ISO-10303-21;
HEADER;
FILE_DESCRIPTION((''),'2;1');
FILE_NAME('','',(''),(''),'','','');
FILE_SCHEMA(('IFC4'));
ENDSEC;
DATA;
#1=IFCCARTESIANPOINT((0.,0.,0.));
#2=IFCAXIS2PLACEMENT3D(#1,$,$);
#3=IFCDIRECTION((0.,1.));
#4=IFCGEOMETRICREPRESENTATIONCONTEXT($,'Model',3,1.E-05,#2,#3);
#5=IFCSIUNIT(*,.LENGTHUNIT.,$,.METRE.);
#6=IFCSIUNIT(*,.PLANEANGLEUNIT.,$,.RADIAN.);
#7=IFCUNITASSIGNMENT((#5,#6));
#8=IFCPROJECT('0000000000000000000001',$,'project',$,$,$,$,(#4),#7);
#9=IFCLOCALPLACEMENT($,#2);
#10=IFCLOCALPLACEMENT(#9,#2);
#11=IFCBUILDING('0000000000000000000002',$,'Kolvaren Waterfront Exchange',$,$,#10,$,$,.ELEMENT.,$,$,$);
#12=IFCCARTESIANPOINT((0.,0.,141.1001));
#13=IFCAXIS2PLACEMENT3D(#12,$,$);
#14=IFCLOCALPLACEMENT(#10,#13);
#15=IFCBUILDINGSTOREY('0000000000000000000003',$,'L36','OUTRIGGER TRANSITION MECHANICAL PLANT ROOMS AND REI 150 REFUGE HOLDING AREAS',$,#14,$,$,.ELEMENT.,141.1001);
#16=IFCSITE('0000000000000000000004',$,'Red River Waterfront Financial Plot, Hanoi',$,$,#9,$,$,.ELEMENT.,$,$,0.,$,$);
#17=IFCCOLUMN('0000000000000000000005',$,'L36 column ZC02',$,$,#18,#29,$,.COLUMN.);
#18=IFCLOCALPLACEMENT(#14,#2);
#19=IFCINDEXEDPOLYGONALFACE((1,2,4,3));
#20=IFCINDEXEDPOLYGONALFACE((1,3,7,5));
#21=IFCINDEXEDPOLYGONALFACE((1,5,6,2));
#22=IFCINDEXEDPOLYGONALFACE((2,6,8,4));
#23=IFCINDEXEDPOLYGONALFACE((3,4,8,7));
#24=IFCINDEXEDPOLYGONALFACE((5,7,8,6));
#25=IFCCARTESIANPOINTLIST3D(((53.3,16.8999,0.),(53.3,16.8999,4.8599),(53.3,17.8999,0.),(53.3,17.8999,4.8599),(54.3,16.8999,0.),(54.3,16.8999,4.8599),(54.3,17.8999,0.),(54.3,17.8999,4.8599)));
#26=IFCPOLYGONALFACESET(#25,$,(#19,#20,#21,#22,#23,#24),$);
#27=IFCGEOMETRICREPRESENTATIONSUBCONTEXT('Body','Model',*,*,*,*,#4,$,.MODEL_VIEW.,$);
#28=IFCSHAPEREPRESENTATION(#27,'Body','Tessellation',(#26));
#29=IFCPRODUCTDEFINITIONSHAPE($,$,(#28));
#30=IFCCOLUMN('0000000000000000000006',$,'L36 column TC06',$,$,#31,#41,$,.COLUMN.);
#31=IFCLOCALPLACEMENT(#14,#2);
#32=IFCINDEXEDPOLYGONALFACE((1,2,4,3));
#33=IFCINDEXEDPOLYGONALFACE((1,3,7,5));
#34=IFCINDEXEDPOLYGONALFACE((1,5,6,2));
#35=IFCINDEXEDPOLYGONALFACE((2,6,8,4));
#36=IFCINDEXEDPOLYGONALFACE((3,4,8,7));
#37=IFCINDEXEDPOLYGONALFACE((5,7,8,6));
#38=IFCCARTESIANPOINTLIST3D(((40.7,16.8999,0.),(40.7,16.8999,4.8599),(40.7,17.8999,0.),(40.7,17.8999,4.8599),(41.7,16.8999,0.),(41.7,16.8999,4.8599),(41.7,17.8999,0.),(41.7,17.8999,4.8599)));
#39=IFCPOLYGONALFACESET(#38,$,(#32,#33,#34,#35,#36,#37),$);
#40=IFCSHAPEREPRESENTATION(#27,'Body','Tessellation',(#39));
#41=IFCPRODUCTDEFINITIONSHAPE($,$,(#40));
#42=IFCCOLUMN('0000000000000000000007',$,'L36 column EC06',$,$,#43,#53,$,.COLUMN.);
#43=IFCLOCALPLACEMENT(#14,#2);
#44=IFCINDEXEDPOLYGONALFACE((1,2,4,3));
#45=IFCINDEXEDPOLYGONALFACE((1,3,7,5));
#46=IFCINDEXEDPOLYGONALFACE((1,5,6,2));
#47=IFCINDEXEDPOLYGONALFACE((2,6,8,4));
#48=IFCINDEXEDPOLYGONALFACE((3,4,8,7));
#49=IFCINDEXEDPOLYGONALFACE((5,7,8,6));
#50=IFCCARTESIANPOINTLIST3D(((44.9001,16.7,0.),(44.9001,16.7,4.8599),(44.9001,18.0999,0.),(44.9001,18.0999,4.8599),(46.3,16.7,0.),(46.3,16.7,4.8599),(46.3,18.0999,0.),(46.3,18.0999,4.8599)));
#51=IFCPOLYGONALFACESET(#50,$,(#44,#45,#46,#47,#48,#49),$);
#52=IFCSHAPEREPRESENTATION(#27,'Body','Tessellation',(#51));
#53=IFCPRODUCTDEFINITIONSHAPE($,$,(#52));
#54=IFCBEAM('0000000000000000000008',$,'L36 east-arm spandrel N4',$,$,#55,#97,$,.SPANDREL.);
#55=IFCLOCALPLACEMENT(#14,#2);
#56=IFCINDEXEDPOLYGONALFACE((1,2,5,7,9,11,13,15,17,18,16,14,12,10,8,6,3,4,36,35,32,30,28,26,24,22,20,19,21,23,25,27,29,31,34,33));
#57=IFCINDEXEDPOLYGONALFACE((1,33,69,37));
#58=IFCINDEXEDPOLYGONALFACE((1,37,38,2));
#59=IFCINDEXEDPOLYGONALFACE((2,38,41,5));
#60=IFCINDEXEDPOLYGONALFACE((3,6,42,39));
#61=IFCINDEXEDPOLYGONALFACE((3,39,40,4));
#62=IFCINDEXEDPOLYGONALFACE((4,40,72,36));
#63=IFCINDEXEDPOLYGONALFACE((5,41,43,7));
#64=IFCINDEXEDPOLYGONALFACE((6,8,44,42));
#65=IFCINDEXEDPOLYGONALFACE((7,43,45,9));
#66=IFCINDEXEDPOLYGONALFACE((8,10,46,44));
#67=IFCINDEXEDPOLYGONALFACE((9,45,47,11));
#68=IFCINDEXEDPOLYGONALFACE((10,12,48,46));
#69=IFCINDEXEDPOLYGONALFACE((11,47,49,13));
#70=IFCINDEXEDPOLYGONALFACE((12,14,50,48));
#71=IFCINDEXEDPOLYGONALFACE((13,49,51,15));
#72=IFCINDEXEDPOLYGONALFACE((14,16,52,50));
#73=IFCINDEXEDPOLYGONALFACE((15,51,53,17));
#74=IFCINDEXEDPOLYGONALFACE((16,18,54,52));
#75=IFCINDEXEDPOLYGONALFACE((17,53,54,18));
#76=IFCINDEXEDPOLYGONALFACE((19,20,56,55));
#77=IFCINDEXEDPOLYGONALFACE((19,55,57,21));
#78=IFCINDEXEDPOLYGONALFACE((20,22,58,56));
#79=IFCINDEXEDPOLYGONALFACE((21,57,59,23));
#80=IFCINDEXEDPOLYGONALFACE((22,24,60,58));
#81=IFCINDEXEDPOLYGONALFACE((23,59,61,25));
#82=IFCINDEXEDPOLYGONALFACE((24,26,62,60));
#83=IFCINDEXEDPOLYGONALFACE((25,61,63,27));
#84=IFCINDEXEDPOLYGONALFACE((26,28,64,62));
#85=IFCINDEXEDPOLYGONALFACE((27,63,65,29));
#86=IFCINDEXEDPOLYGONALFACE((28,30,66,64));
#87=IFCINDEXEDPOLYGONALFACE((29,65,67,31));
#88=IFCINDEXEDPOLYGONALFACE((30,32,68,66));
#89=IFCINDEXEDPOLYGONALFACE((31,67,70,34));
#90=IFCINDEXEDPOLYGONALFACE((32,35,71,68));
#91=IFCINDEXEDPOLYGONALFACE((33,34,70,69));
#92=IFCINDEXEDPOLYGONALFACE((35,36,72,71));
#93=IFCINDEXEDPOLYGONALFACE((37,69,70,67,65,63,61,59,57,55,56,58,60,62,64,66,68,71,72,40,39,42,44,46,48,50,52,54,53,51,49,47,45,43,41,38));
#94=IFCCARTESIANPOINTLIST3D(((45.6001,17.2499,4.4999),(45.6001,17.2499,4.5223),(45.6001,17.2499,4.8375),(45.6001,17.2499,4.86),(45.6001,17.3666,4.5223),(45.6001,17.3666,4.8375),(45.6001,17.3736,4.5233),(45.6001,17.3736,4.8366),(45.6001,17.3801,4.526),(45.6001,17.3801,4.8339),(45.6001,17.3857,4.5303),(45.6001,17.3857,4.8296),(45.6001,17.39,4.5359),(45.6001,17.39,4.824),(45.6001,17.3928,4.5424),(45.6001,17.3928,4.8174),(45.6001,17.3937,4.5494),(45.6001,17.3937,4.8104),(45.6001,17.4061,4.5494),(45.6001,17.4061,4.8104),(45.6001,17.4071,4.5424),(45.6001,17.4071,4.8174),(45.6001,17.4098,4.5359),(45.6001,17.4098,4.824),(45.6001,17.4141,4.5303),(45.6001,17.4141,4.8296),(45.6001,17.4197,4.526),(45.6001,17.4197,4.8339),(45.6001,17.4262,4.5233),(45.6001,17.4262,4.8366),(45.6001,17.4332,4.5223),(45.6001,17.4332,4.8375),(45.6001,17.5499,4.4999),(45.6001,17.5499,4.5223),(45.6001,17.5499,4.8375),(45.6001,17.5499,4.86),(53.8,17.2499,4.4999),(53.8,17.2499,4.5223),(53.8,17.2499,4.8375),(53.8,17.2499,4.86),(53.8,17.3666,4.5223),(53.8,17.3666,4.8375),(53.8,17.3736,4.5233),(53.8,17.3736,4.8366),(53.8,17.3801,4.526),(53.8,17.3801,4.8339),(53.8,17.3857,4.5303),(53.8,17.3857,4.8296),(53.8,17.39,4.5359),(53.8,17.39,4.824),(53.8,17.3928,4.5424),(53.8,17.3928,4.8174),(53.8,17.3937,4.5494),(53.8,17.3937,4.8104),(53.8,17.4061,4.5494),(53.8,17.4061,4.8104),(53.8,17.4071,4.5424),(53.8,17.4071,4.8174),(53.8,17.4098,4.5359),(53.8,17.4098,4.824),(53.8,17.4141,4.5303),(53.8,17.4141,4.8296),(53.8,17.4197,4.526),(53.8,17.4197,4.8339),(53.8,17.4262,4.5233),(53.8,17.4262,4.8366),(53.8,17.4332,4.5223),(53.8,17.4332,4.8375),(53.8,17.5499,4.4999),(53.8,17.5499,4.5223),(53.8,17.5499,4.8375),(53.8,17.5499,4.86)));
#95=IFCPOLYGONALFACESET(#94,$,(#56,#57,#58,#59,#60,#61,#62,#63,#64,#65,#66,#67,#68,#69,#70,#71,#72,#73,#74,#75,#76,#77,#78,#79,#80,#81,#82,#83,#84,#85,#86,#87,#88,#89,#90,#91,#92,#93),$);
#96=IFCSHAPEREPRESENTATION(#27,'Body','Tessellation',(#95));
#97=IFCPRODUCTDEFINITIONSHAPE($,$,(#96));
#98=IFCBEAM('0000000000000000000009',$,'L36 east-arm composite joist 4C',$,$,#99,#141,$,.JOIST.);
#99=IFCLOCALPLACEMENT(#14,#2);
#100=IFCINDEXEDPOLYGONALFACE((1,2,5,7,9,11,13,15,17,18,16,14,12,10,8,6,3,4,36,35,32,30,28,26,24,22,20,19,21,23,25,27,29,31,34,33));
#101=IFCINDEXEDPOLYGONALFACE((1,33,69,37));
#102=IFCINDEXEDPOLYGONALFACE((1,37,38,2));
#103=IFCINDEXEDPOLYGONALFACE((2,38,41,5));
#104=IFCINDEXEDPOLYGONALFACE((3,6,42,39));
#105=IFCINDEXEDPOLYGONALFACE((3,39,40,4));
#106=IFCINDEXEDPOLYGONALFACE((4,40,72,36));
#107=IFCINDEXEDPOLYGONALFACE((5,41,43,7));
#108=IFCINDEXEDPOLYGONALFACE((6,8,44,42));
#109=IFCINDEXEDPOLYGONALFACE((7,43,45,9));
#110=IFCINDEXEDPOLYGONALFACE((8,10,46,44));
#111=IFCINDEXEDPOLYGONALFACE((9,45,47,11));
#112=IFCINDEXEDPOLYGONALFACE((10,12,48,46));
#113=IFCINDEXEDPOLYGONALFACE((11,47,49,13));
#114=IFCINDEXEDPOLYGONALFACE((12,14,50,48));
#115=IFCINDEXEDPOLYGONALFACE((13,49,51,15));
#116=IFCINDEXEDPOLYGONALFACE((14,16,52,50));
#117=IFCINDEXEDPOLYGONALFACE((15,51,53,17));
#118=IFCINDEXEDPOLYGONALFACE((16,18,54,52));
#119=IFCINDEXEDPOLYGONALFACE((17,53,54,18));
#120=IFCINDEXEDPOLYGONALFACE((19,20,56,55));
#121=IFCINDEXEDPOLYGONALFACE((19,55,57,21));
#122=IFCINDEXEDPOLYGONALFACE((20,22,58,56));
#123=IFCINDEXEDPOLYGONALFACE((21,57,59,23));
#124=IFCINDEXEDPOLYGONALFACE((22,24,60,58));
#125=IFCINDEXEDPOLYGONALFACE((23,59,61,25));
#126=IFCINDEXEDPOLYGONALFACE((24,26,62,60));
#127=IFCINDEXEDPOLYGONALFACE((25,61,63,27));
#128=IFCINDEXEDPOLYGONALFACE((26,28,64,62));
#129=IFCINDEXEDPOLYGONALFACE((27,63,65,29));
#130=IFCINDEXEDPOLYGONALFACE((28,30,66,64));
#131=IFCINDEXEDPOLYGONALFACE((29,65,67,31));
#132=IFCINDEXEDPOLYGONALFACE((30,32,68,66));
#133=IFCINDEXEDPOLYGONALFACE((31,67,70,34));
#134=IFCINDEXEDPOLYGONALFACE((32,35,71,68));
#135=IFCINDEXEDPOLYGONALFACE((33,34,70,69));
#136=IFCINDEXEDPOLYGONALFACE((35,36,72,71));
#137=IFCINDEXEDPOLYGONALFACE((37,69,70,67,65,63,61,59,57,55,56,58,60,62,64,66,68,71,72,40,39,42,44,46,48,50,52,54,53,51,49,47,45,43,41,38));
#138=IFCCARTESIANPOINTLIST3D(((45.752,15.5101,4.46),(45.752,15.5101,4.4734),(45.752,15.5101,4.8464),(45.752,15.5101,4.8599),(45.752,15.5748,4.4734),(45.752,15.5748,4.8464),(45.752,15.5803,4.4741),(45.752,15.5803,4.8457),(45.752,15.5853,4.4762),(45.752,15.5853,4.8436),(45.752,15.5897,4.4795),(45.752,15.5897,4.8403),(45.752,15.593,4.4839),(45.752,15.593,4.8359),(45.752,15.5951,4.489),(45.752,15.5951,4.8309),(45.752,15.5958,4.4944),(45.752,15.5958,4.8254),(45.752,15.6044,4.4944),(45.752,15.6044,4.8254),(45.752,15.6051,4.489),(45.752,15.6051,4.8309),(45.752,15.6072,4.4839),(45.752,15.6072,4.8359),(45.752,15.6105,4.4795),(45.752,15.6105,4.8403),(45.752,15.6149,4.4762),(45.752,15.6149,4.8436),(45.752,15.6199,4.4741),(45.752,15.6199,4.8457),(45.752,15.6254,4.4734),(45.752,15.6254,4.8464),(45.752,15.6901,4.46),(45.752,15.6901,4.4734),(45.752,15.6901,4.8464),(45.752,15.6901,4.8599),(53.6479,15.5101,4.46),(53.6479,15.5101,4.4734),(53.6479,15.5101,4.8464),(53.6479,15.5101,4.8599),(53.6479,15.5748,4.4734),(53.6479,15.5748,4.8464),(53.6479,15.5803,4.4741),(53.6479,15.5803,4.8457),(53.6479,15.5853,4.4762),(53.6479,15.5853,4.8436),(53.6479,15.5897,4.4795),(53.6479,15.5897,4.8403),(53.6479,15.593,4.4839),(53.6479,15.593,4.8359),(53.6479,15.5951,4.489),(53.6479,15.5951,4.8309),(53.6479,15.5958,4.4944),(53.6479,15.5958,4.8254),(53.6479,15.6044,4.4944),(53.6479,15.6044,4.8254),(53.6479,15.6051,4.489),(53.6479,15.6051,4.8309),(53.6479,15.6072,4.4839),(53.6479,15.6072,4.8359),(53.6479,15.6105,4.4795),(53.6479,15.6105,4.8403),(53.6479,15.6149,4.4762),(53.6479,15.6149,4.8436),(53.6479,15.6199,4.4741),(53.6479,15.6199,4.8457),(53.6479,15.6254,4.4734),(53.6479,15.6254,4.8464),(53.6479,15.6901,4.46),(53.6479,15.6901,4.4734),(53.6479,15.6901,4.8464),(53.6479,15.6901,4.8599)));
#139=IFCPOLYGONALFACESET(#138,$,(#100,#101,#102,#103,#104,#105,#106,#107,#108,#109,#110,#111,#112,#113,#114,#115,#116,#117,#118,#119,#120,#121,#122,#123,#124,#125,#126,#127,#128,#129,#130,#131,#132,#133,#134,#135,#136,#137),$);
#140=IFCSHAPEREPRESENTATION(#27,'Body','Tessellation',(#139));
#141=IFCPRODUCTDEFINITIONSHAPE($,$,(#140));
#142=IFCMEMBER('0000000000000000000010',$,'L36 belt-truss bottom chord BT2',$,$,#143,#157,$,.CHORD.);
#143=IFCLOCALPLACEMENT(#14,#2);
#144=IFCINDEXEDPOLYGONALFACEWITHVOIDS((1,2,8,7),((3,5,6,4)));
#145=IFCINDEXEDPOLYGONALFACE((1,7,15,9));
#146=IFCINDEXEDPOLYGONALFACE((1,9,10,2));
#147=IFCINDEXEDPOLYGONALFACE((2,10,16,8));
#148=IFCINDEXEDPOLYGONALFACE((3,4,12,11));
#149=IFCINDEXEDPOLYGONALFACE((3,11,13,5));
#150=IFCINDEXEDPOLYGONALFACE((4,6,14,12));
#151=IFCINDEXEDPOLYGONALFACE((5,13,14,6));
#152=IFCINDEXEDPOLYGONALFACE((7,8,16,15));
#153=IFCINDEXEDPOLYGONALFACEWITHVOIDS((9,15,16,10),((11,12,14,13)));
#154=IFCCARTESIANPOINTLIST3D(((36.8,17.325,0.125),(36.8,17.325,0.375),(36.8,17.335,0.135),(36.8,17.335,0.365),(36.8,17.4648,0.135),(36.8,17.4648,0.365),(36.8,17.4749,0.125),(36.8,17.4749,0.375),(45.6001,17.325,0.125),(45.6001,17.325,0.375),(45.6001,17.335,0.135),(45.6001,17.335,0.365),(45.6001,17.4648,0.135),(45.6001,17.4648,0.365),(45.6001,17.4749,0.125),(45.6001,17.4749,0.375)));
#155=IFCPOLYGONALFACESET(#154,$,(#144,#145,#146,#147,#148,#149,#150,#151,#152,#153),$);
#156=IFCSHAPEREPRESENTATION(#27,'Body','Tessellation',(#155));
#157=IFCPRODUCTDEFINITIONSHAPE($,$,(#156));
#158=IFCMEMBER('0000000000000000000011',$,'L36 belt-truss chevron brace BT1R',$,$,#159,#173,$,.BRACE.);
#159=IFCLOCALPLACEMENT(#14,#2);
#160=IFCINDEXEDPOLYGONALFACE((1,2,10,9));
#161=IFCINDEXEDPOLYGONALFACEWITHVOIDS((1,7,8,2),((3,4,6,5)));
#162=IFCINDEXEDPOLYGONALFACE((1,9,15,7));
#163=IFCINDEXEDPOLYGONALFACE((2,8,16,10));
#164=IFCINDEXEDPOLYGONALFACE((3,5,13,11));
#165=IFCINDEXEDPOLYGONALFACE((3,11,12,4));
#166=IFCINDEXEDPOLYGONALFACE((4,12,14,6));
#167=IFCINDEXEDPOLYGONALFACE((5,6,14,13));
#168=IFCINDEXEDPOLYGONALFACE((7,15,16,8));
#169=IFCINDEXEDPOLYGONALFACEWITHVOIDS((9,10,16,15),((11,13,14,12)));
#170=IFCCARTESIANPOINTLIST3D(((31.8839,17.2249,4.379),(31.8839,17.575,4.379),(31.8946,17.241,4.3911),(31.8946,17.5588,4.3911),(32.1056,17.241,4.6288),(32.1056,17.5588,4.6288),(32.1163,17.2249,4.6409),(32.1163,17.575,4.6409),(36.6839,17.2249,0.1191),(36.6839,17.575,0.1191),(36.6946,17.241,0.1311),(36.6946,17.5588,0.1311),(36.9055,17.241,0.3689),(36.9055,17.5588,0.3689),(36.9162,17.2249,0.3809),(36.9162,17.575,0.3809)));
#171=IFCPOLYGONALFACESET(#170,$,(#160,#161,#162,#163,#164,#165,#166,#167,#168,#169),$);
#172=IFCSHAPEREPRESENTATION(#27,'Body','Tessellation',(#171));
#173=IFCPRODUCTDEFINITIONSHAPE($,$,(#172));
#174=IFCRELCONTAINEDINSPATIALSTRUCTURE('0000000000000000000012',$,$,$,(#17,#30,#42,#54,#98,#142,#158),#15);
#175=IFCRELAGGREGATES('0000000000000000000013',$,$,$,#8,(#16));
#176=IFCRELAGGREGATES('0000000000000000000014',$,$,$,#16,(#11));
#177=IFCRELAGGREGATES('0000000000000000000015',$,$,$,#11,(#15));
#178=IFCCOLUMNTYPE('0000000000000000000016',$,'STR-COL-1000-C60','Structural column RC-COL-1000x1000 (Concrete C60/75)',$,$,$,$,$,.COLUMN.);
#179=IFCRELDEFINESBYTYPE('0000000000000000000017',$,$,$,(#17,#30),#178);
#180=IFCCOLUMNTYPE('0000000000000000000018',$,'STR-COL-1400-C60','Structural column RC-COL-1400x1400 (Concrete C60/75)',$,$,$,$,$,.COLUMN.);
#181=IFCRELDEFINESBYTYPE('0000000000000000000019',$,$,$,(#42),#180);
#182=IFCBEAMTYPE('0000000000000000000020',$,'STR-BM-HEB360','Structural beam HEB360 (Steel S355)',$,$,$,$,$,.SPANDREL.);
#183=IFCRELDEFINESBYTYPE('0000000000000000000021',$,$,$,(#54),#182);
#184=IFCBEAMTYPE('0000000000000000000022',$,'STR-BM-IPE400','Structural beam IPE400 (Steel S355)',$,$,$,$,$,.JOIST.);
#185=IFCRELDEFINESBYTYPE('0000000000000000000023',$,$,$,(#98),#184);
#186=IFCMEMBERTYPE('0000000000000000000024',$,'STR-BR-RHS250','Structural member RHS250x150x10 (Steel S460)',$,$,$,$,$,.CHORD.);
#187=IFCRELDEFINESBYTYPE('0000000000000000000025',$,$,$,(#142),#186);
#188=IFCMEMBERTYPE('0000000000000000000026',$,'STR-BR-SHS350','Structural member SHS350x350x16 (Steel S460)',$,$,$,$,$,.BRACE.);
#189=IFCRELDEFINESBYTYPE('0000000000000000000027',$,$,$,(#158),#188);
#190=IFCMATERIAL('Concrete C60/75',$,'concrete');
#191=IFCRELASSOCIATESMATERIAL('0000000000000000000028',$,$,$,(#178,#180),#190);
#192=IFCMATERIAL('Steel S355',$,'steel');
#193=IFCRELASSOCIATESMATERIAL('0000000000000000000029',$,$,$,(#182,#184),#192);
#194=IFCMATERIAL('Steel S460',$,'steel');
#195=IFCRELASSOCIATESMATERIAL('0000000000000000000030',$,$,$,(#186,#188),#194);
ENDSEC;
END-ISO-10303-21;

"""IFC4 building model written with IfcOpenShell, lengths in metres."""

from ifc_helpers import new_model, si_unit, direction, frame, origin, origin_2d, place, context, subcontext, project, spatial, rectangle, hollow_rectangle, i_section, extrude, material, material_profile, profile_set, type_object, element, save


model = new_model("IFC4")

# Units and contexts
model_context = context("Model", 3, precision=1e-05, world=origin(), true_north=direction((0.0, 1.0)))
body_context = subcontext(model_context, "Body", "Model", "MODEL_VIEW")
ifc_project = project(units=[si_unit("LENGTHUNIT", "METRE"), si_unit("PLANEANGLEUNIT", "RADIAN")], contexts=[model_context])

# Site, building, storey
site_placement = place(None, origin())
site = spatial("IfcSite", under=ifc_project, at=site_placement, Name="Red River Waterfront Financial Plot, Hanoi", CompositionType="ELEMENT", RefElevation=0.0)
building_placement = place(site_placement, origin())
building = spatial("IfcBuilding", under=site, at=building_placement, Name="Kolvaren Waterfront Exchange", CompositionType="ELEMENT")
storey_placement = place(building_placement, frame((0.0, 0.0, 141.1001)))
storey = spatial("IfcBuildingStorey", under=building, at=storey_placement, Name="L36", Description="OUTRIGGER TRANSITION MECHANICAL PLANT ROOMS AND REI 150 REFUGE HOLDING AREAS", CompositionType="ELEMENT", Elevation=141.1001)

# Columns
ifc_material_1 = material(Name="Concrete C60/75", Category="concrete")
ifc_material_profile_1 = material_profile(ifc_material_1, rectangle(XDim=1.0, YDim=1.0, at=origin_2d()), Name="RC-COL-1000x1000")
ifc_profile_set_1 = profile_set([ifc_material_profile_1], Name="Concrete C60/75")
column_type_1 = type_object("IfcColumnType", Name="STR-COL-1000-C60", Description="Structural column RC-COL-1000x1000 (Concrete C60/75)", PredefinedType="COLUMN", material=ifc_profile_set_1)
for number, where, z_axis, x_axis, name in (
    (1, (53.8, 17.3999, 0.0), (0.0, 0.0, 1.0), (1.0, 0.0, 0.0), "L36 column ZC02"),
    (2, (41.2, 17.3999, 0.0), (0.0, 0.0, 1.0), (1.0, 0.0, 0.0), "L36 column TC06"),
):
    element("IfcColumn", number, at=place(storey_placement, frame(where, z_axis=z_axis, x_axis=x_axis)), inside=storey, type_object=column_type_1, Name=name, PredefinedType="COLUMN", context=body_context, shape_type="SweptSolid", body=[
        extrude(rectangle(XDim=1.0, YDim=1.0, at=origin_2d()), origin(), (0.0, 0.0, 1.0), 4.8599),
    ])
ifc_material_profile_2 = material_profile(ifc_material_1, rectangle(XDim=1.3999, YDim=1.3999, at=origin_2d()), Name="RC-COL-1400x1400")
ifc_profile_set_2 = profile_set([ifc_material_profile_2], Name="Concrete C60/75")
column_type_2 = type_object("IfcColumnType", Name="STR-COL-1400-C60", Description="Structural column RC-COL-1400x1400 (Concrete C60/75)", PredefinedType="COLUMN", material=ifc_profile_set_2)
column_placement = place(storey_placement, frame((45.6001, 17.3999, 0.0), z_axis=(0.0, 0.0, 1.0), x_axis=(1.0, 0.0, 0.0)))
element("IfcColumn", 3, at=column_placement, inside=storey, type_object=column_type_2, Name="L36 column EC06", PredefinedType="COLUMN", context=body_context, shape_type="SweptSolid", body=[
    extrude(rectangle(XDim=1.3999, YDim=1.3999, at=origin_2d()), origin(), (0.0, 0.0, 1.0), 4.8599),
])

# Beams
ifc_material_2 = material(Name="Steel S355", Category="steel")
ifc_material_profile_3 = material_profile(ifc_material_2, i_section(OverallWidth=0.3, OverallDepth=0.3601, WebThickness=0.0125, FlangeThickness=0.0225, FilletRadius=0.0271, at=origin_2d()), Name="HEB360")
ifc_profile_set_3 = profile_set([ifc_material_profile_3], Name="Steel S355")
beam_type_1 = type_object("IfcBeamType", Name="STR-BM-HEB360", Description="Structural beam HEB360 (Steel S355)", PredefinedType="SPANDREL", material=ifc_profile_set_3)
beam_1_placement = place(storey_placement, frame((45.6001, 17.3999, 4.6799), z_axis=(1.0, 0.0, 0.0), x_axis=(0.0, 1.0, 0.0)))
element("IfcBeam", 4, at=beam_1_placement, inside=storey, type_object=beam_type_1, Name="L36 east-arm spandrel N4", PredefinedType="SPANDREL", context=body_context, shape_type="SweptSolid", body=[
    extrude(i_section(OverallWidth=0.3, OverallDepth=0.3601, WebThickness=0.0125, FlangeThickness=0.0225, FilletRadius=0.0271, at=origin_2d()), origin(), (0.0, 0.0, 1.0), 8.2),
])
ifc_material_profile_4 = material_profile(ifc_material_2, i_section(OverallWidth=0.1799, OverallDepth=0.3999, WebThickness=0.0085, FlangeThickness=0.0134, FilletRadius=0.021, at=origin_2d()), Name="IPE400")
ifc_profile_set_4 = profile_set([ifc_material_profile_4], Name="Steel S355")
beam_type_2 = type_object("IfcBeamType", Name="STR-BM-IPE400", Description="Structural beam IPE400 (Steel S355)", PredefinedType="JOIST", material=ifc_profile_set_4)
beam_2_placement = place(storey_placement, frame((45.752, 15.6001, 4.6599), z_axis=(1.0, 0.0, 0.0), x_axis=(0.0, 1.0, 0.0)))
element("IfcBeam", 5, at=beam_2_placement, inside=storey, type_object=beam_type_2, Name="L36 east-arm composite joist 4C", PredefinedType="JOIST", context=body_context, shape_type="SweptSolid", body=[
    extrude(i_section(OverallWidth=0.1799, OverallDepth=0.3999, WebThickness=0.0085, FlangeThickness=0.0134, FilletRadius=0.021, at=origin_2d()), origin(), (0.0, 0.0, 1.0), 7.896),
])

# Members
ifc_material_3 = material(Name="Steel S460", Category="steel")
ifc_material_profile_5 = material_profile(ifc_material_3, hollow_rectangle(XDim=0.1499, YDim=0.25, WallThickness=0.01, at=origin_2d()), Name="RHS250x150x10")
ifc_profile_set_5 = profile_set([ifc_material_profile_5], Name="Steel S460")
member_type_1 = type_object("IfcMemberType", Name="STR-BR-RHS250", Description="Structural member RHS250x150x10 (Steel S460)", PredefinedType="CHORD", material=ifc_profile_set_5)
member_1_placement = place(storey_placement, frame((36.8, 17.3999, 0.25), z_axis=(1.0, 0.0, 0.0), x_axis=(0.0, 1.0, 0.0)))
element("IfcMember", 6, at=member_1_placement, inside=storey, type_object=member_type_1, Name="L36 belt-truss bottom chord BT2", PredefinedType="CHORD", context=body_context, shape_type="SweptSolid", body=[
    extrude(hollow_rectangle(XDim=0.1499, YDim=0.25, WallThickness=0.01, at=origin_2d()), origin(), (0.0, 0.0, 1.0), 8.8),
])
ifc_material_profile_6 = material_profile(ifc_material_3, hollow_rectangle(XDim=0.3501, YDim=0.3501, WallThickness=0.0161, at=origin_2d()), Name="SHS350x350x16")
ifc_profile_set_6 = profile_set([ifc_material_profile_6], Name="Steel S460")
member_type_2 = type_object("IfcMemberType", Name="STR-BR-SHS350", Description="Structural member SHS350x350x16 (Steel S460)", PredefinedType="BRACE", material=ifc_profile_set_6)
member_2_placement = place(storey_placement, frame((36.8, 17.3999, 0.25), z_axis=(-0.747928, 0.0, 0.66378), x_axis=(0.0, -1.0, 0.0)))
element("IfcMember", 7, at=member_2_placement, inside=storey, type_object=member_type_2, Name="L36 belt-truss chevron brace BT1R", PredefinedType="BRACE", context=body_context, shape_type="SweptSolid", body=[
    extrude(hollow_rectangle(XDim=0.3501, YDim=0.3501, WallThickness=0.0161, at=origin_2d()), origin(), (0.0, 0.0, 1.0), 6.4177),
])

save(model, "model.ifc")
